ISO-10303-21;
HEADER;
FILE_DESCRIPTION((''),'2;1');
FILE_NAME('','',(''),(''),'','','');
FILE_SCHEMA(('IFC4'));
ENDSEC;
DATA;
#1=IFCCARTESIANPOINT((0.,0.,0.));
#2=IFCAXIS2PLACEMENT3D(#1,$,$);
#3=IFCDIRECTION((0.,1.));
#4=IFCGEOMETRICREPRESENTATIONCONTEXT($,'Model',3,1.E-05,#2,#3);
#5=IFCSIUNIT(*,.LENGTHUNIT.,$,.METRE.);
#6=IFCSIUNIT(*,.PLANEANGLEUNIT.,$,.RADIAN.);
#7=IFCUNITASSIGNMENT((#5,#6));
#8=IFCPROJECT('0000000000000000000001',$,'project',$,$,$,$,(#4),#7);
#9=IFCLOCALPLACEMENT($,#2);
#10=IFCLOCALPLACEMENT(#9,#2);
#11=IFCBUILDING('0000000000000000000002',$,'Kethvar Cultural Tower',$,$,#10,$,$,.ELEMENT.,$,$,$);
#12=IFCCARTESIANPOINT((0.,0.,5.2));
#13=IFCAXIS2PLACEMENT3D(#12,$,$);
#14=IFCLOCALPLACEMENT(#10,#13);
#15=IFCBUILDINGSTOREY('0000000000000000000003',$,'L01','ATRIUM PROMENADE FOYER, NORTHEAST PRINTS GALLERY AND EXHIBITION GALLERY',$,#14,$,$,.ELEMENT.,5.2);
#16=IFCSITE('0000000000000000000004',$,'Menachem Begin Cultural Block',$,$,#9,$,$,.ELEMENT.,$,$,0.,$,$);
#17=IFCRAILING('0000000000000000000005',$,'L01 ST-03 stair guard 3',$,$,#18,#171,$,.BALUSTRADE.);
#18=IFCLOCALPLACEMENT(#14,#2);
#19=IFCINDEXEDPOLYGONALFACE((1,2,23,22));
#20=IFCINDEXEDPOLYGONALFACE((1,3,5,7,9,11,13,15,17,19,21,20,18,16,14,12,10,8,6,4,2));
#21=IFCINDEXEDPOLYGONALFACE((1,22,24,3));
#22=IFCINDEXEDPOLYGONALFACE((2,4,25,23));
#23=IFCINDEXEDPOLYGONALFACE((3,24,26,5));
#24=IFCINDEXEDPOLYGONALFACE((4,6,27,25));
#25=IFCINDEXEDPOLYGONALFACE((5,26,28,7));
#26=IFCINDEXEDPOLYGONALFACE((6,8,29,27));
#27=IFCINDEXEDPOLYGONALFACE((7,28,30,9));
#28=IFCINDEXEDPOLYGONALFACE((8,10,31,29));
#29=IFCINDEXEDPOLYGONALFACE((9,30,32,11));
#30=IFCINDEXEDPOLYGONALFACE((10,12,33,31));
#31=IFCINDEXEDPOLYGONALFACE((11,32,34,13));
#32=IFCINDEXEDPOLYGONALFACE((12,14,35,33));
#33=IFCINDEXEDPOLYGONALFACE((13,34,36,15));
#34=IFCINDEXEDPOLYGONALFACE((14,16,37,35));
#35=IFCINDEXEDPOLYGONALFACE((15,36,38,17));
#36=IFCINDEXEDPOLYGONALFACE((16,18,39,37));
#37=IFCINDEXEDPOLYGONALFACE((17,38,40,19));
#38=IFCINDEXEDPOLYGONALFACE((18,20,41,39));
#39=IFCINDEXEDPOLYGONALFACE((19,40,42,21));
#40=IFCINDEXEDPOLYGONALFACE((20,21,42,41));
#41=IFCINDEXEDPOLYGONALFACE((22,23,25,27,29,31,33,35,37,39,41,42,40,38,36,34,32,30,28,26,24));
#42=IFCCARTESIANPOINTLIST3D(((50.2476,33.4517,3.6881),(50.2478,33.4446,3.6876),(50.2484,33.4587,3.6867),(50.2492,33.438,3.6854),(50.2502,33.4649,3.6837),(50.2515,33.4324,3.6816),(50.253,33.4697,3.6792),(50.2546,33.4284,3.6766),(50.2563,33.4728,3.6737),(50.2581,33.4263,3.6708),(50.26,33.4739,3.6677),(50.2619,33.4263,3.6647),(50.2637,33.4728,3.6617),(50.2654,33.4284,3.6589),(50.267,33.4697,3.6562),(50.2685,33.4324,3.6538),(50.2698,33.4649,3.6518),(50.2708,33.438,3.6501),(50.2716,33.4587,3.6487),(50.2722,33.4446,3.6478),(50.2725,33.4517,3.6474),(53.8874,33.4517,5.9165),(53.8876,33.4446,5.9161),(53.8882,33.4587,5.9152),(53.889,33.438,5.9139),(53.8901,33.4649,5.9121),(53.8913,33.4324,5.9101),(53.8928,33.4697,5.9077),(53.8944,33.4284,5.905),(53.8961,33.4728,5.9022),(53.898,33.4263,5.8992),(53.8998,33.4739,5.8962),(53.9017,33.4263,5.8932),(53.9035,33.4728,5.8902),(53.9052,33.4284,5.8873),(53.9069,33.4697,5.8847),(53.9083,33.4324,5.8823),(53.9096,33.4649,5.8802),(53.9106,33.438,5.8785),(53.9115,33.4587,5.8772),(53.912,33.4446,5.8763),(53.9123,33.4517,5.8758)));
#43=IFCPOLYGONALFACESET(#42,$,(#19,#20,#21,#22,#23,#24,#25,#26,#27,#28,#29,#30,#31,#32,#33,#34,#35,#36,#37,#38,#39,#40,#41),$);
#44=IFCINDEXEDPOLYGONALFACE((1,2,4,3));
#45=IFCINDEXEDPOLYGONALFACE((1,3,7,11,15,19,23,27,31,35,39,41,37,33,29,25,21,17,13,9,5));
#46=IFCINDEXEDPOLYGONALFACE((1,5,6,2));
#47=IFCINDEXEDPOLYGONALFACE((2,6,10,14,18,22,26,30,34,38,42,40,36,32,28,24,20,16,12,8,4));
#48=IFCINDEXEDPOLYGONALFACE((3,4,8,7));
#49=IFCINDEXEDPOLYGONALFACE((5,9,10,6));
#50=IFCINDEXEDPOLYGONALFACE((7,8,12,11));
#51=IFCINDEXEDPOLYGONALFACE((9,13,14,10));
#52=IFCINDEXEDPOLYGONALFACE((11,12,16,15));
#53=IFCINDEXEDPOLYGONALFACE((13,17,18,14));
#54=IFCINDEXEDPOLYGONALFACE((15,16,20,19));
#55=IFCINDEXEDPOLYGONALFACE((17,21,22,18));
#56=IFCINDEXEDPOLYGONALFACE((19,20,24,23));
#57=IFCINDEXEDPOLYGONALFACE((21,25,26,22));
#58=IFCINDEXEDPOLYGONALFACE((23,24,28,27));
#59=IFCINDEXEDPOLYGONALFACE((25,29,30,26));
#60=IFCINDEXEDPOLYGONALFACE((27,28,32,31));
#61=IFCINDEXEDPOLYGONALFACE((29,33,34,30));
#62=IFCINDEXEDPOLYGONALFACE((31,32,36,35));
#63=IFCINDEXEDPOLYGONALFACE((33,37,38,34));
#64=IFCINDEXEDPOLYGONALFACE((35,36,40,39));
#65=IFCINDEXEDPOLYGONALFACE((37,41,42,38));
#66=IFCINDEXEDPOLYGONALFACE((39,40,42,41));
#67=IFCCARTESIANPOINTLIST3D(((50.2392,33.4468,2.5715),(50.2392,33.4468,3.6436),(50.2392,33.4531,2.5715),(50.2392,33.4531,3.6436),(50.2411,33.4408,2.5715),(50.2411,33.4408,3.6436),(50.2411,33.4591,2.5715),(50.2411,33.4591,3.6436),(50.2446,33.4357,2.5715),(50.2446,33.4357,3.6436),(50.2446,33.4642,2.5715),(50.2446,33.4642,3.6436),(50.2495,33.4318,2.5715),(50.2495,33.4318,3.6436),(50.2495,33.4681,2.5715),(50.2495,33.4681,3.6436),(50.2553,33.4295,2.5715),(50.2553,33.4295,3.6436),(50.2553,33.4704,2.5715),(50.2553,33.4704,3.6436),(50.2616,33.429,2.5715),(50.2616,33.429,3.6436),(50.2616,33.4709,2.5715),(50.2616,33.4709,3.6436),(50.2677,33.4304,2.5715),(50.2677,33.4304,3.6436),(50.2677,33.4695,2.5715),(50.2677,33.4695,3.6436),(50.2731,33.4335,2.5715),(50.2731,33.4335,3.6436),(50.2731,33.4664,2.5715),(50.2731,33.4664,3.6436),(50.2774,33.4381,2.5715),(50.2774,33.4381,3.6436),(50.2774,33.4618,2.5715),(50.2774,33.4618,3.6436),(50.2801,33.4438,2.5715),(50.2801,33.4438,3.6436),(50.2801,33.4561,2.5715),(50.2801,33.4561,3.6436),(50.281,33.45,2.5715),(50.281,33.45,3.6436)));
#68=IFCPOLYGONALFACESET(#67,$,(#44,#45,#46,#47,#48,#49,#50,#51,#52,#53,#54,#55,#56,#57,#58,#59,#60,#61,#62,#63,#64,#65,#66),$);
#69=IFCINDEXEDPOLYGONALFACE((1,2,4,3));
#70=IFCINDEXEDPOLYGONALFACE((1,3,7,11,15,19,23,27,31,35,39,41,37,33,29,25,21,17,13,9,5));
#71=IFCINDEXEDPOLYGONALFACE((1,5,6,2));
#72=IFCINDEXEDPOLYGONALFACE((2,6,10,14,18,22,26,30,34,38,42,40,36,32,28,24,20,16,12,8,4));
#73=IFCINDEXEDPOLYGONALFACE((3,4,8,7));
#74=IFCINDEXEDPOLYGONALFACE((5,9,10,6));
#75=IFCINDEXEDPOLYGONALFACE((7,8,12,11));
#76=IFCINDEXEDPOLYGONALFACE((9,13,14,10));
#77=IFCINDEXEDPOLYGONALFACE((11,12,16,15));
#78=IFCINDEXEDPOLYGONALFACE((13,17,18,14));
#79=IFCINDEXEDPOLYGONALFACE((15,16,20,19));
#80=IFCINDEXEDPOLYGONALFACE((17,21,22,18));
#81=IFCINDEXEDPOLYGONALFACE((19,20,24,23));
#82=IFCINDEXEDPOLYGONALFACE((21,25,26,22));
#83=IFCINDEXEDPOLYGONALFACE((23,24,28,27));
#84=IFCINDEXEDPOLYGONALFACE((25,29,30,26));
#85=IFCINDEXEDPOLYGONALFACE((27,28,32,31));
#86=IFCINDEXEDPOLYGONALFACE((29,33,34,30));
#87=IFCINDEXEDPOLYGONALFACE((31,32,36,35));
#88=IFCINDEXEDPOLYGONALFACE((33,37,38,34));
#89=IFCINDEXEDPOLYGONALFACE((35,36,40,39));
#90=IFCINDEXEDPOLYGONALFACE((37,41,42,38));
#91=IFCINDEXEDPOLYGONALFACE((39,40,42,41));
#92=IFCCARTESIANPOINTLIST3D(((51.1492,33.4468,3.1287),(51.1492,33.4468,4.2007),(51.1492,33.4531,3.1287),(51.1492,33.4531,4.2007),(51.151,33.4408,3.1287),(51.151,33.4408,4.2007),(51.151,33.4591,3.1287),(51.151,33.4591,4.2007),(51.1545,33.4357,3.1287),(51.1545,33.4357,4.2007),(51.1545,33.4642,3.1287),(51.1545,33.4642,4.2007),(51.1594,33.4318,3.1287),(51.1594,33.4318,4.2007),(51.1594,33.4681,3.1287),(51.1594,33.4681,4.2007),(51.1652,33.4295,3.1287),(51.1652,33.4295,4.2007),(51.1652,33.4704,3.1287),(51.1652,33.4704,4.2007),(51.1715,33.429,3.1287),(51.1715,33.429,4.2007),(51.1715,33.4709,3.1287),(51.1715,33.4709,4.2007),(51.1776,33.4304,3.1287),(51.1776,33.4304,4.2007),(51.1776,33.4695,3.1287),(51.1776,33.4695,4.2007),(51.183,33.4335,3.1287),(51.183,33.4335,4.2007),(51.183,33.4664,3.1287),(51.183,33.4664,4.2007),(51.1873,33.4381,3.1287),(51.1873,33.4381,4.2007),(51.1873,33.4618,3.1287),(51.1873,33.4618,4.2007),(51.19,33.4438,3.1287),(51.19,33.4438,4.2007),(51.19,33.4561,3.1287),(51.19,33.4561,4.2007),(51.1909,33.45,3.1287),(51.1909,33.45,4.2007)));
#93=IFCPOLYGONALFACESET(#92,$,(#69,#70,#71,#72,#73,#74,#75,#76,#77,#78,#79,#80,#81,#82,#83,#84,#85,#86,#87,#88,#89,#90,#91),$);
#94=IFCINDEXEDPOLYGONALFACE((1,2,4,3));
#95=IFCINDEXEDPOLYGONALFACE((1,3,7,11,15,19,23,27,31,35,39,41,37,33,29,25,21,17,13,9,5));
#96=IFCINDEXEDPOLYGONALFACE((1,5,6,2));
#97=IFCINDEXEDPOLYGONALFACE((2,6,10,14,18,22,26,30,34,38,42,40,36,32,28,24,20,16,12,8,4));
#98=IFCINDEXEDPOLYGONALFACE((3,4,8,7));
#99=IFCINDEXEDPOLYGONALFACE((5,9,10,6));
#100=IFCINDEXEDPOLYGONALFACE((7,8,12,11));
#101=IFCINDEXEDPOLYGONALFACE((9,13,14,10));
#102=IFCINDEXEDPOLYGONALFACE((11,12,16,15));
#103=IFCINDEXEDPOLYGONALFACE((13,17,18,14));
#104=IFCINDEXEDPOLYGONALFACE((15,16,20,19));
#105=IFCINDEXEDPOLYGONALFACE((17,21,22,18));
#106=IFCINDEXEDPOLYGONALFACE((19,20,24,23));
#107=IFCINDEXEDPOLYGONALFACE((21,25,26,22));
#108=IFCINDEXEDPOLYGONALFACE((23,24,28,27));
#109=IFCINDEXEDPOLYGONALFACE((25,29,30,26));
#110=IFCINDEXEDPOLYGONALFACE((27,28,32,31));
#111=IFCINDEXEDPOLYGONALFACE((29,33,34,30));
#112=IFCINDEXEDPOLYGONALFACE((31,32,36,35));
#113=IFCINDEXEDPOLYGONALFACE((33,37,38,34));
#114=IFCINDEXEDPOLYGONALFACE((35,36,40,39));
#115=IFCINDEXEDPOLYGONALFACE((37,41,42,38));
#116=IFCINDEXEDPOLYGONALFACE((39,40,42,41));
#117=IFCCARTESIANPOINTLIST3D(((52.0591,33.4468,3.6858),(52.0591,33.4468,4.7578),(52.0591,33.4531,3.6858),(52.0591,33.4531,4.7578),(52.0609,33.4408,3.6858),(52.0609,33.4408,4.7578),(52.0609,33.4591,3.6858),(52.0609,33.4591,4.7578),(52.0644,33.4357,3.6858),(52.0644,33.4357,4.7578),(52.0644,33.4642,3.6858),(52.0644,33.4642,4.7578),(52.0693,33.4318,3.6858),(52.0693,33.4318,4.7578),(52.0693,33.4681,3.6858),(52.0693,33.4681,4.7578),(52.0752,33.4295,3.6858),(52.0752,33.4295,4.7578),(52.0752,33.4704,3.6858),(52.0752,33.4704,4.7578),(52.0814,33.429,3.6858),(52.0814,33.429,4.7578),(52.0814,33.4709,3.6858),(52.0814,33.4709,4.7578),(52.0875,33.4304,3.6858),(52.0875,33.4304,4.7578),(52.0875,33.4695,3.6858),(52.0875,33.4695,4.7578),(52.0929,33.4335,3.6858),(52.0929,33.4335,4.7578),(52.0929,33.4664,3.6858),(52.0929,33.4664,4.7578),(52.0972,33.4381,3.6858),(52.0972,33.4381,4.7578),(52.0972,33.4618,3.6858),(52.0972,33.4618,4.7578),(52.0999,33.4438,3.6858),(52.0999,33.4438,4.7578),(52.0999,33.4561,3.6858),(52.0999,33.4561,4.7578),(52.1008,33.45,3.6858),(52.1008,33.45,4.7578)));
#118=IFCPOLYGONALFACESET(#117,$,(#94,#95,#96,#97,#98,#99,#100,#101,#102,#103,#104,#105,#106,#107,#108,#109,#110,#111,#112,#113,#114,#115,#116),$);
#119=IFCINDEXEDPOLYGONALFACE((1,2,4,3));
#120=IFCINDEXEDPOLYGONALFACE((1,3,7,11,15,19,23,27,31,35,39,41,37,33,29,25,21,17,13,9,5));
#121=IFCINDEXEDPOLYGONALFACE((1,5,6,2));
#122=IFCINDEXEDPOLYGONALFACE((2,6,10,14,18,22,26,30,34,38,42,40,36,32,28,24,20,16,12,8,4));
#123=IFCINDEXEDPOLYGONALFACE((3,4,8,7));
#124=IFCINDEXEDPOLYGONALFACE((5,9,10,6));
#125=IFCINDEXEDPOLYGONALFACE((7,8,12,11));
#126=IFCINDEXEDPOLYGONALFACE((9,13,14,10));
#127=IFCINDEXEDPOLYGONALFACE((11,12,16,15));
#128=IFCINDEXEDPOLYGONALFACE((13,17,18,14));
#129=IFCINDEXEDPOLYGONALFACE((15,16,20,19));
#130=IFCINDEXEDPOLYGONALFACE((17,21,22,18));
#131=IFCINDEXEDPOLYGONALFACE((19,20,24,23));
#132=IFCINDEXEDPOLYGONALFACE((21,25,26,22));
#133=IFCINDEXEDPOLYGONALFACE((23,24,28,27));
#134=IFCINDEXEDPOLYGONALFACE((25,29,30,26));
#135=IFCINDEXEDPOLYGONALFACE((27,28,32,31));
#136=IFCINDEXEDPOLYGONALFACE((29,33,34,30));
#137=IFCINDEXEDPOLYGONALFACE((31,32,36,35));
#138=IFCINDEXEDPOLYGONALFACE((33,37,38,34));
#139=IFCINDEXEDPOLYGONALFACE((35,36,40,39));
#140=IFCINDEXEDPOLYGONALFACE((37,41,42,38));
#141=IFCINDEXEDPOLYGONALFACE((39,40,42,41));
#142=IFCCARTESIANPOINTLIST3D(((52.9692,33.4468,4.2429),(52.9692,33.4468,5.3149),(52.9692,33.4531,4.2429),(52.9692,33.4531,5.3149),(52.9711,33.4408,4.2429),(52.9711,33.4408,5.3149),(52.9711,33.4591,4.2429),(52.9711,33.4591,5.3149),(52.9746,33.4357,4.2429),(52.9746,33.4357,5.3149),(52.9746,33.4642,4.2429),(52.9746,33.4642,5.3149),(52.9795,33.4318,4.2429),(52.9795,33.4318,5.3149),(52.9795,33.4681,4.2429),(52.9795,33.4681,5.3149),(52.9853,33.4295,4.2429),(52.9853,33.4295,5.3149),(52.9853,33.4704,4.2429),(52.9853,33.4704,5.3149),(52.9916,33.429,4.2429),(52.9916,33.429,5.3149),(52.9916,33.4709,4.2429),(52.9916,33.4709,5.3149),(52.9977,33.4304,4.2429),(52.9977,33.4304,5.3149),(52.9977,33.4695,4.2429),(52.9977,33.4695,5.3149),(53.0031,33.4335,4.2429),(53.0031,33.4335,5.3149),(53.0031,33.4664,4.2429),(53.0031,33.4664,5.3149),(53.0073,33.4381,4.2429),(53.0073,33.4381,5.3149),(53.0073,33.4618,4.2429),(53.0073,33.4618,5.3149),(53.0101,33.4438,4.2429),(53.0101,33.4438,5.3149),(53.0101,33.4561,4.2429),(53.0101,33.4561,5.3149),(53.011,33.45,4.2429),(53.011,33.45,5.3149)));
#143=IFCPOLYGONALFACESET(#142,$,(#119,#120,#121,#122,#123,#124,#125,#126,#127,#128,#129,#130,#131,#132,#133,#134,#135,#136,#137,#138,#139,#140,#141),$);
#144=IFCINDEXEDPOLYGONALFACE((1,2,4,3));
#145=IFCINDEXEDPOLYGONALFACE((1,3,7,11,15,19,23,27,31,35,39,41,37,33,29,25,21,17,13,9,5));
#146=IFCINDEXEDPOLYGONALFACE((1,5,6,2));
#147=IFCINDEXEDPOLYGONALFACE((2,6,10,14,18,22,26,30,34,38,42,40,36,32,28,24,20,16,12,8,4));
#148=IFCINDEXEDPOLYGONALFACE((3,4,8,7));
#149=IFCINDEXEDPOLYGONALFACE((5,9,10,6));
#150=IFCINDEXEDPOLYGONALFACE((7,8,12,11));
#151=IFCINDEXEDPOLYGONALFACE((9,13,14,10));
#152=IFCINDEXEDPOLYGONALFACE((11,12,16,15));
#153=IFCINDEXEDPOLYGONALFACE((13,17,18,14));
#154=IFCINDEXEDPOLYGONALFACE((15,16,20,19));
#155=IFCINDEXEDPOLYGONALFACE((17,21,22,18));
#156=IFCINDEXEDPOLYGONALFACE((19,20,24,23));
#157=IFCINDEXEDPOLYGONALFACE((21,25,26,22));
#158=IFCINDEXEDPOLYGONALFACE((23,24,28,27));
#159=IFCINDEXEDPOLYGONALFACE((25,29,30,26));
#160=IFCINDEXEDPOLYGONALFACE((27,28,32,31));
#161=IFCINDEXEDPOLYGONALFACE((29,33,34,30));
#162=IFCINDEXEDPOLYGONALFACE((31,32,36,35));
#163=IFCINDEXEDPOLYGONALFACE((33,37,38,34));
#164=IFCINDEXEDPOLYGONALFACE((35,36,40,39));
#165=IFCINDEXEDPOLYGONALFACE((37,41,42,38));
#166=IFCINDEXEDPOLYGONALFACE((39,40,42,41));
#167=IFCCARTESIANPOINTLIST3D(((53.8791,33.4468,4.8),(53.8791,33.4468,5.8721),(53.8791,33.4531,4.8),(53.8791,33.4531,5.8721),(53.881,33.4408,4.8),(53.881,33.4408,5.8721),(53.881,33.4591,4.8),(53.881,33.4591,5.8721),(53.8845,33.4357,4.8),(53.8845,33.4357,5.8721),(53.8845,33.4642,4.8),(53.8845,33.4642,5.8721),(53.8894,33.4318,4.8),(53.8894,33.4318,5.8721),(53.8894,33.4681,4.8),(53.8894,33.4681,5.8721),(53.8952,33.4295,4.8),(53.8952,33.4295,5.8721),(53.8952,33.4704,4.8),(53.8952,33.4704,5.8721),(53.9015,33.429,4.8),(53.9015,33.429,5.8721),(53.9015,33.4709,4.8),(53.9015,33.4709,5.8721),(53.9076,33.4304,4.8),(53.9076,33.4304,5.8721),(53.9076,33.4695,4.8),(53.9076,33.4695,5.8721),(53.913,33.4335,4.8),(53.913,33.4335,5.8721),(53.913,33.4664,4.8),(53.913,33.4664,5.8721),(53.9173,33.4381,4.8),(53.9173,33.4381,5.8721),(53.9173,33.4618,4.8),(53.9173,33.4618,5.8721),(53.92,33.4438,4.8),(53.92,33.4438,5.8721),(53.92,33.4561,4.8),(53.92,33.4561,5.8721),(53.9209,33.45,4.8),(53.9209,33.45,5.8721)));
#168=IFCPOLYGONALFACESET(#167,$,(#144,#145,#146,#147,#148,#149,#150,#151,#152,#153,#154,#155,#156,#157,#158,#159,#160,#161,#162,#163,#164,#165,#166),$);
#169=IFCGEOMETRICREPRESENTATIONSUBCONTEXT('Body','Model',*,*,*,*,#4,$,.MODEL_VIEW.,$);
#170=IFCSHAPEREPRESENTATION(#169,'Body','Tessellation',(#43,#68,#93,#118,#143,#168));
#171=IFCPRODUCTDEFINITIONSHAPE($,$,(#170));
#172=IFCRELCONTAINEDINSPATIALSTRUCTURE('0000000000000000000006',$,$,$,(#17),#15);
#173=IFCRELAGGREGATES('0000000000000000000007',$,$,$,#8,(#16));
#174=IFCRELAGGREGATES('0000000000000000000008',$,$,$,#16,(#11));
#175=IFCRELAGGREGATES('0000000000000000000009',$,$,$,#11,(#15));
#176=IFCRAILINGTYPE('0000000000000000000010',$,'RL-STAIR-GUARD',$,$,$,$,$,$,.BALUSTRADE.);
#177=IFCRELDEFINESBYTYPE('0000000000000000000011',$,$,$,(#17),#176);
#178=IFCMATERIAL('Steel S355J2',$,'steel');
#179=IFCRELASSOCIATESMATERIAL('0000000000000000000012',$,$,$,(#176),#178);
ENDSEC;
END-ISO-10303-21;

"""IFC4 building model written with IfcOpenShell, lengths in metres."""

from ifc_helpers import new_model, si_unit, direction, frame, origin, origin_2d, place, context, subcontext, project, spatial, circle, extrude, material, type_object, element, save


model = new_model("IFC4")

# Units and contexts
model_context = context("Model", 3, precision=1e-05, world=origin(), true_north=direction((0.0, 1.0)))
body_context = subcontext(model_context, "Body", "Model", "MODEL_VIEW")
ifc_project = project(units=[si_unit("LENGTHUNIT", "METRE"), si_unit("PLANEANGLEUNIT", "RADIAN")], contexts=[model_context])

# Site, building, storey
site_placement = place(None, origin())
site = spatial("IfcSite", under=ifc_project, at=site_placement, Name="Menachem Begin Cultural Block", CompositionType="ELEMENT", RefElevation=0.0)
building_placement = place(site_placement, origin())
building = spatial("IfcBuilding", under=site, at=building_placement, Name="Kethvar Cultural Tower", CompositionType="ELEMENT")
storey_placement = place(building_placement, frame((0.0, 0.0, 5.2)))
storey = spatial("IfcBuildingStorey", under=building, at=storey_placement, Name="L01", Description="ATRIUM PROMENADE FOYER, NORTHEAST PRINTS GALLERY AND EXHIBITION GALLERY", CompositionType="ELEMENT", Elevation=5.2)

# Shared definitions
ifc_material_1 = material(Name="Steel S355J2", Category="steel")

# Railing
railing_type_1 = type_object("IfcRailingType", Name="RL-STAIR-GUARD", PredefinedType="BALUSTRADE", material=ifc_material_1)
railing_1_placement = place(storey_placement, frame((50.26, 33.45, 2.5715)))
element("IfcRailing", 1, at=railing_1_placement, inside=storey, type_object=railing_type_1, Name="L01 ST-03 stair guard 3", PredefinedType="BALUSTRADE", context=body_context, shape_type="SweptSolid", body=[
    extrude(circle(Radius=0.0239, at=origin_2d()), frame((0.0, 0.0, 1.0962), z_axis=(0.85285, 0.0, 0.522156), x_axis=(0.0, 1.0, 0.0)), (0.0, 0.0, 1.0), 4.2678),
    extrude(circle(Radius=0.021, at=origin_2d()), origin(), (0.0, 0.0, 1.0), 1.072),
    extrude(circle(Radius=0.021, at=origin_2d()), frame((0.9099, 0.0, 0.5571)), (0.0, 0.0, 1.0), 1.072),
    extrude(circle(Radius=0.021, at=origin_2d()), frame((1.8198, 0.0, 1.1143)), (0.0, 0.0, 1.0), 1.072),
    extrude(circle(Radius=0.021, at=origin_2d()), frame((2.73, 0.0, 1.6714)), (0.0, 0.0, 1.0), 1.072),
    extrude(circle(Radius=0.021, at=origin_2d()), frame((3.6399, 0.0, 2.2285)), (0.0, 0.0, 1.0), 1.072),
])

save(model, "model.ifc")
